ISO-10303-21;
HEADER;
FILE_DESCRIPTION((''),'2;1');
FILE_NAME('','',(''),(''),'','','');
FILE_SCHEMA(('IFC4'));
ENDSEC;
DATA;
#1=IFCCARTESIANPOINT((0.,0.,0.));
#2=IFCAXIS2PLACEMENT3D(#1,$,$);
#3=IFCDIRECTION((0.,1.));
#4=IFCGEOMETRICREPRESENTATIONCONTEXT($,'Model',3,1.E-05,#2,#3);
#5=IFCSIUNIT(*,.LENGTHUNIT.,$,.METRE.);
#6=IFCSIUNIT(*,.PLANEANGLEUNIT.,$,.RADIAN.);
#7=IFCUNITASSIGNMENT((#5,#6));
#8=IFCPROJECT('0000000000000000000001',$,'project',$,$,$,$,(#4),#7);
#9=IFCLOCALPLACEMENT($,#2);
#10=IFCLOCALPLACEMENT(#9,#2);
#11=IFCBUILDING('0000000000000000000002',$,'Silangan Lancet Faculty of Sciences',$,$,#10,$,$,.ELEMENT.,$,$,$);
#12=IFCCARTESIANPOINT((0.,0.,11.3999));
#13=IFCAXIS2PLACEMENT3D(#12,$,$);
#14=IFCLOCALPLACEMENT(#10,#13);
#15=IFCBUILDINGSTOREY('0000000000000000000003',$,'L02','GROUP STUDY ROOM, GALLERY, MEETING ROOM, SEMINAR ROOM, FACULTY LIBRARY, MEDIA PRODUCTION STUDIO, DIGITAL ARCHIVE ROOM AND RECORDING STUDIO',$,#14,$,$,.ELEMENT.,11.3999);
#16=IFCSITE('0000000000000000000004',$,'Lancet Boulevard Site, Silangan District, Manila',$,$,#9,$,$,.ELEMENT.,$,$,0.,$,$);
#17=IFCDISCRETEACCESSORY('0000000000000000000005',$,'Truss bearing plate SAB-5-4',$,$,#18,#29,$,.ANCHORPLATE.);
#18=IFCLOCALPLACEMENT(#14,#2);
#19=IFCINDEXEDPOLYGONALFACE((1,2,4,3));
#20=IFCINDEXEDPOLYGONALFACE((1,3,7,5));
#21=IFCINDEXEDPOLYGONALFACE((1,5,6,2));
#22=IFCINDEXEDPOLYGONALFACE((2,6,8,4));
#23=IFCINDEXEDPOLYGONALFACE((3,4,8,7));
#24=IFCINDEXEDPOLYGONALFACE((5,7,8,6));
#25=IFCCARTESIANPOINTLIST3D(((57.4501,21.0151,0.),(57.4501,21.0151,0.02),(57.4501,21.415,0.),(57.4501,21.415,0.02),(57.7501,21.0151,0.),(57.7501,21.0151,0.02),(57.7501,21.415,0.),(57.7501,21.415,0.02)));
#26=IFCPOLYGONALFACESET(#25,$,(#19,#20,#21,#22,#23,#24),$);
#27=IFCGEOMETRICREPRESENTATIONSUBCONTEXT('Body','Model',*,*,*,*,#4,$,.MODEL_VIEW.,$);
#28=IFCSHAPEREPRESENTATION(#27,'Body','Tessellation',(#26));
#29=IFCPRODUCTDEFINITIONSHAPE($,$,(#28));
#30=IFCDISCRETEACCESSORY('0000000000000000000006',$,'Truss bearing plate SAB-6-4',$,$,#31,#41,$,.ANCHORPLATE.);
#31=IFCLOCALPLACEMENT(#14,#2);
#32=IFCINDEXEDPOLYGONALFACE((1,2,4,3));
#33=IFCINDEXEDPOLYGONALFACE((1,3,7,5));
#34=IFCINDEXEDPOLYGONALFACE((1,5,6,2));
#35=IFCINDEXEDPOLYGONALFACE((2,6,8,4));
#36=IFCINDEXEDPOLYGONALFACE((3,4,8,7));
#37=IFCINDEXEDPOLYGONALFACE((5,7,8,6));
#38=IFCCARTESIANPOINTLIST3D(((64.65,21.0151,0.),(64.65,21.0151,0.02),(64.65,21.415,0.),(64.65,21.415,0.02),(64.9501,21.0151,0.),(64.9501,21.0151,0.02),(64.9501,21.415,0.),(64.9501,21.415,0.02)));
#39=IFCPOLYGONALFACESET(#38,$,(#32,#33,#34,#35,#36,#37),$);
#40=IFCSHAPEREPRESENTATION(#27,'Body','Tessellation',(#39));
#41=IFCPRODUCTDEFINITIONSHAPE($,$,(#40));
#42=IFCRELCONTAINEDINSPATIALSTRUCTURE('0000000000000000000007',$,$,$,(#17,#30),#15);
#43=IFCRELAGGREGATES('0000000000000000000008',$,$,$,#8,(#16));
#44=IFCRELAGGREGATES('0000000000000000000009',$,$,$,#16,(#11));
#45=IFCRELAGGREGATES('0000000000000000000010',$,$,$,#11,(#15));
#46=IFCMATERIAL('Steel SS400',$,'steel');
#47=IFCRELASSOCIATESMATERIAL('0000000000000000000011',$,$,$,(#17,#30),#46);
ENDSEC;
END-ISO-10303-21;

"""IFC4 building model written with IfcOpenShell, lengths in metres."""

from ifc_helpers import new_model, si_unit, direction, frame, origin, origin_2d, place, context, subcontext, project, spatial, rectangle, extrude, material, element, save


model = new_model("IFC4")

# Units and contexts
model_context = context("Model", 3, precision=1e-05, world=origin(), true_north=direction((0.0, 1.0)))
body_context = subcontext(model_context, "Body", "Model", "MODEL_VIEW")
ifc_project = project(units=[si_unit("LENGTHUNIT", "METRE"), si_unit("PLANEANGLEUNIT", "RADIAN")], contexts=[model_context])

# Site, building, storey
site_placement = place(None, origin())
site = spatial("IfcSite", under=ifc_project, at=site_placement, Name="Lancet Boulevard Site, Silangan District, Manila", CompositionType="ELEMENT", RefElevation=0.0)
building_placement = place(site_placement, origin())
building = spatial("IfcBuilding", under=site, at=building_placement, Name="Silangan Lancet Faculty of Sciences", CompositionType="ELEMENT")
storey_placement = place(building_placement, frame((0.0, 0.0, 11.3999)))
storey = spatial("IfcBuildingStorey", under=building, at=storey_placement, Name="L02", Description="GROUP STUDY ROOM, GALLERY, MEETING ROOM, SEMINAR ROOM, FACULTY LIBRARY, MEDIA PRODUCTION STUDIO, DIGITAL ARCHIVE ROOM AND RECORDING STUDIO", CompositionType="ELEMENT", Elevation=11.3999)

# Discrete accessories
ifc_material_1 = material(Name="Steel SS400", Category="steel")
for number, where, z_axis, x_axis, name in (
    (1, (57.6001, 21.2151, 0.0), (0.0, 0.0, 1.0), (1.0, 0.0, 0.0), "Truss bearing plate SAB-5-4"),
    (2, (64.8, 21.2151, 0.0), (0.0, 0.0, 1.0), (1.0, 0.0, 0.0), "Truss bearing plate SAB-6-4"),
):
    element("IfcDiscreteAccessory", number, at=place(storey_placement, frame(where, z_axis=z_axis, x_axis=x_axis)), inside=storey, material=ifc_material_1, Name=name, PredefinedType="ANCHORPLATE", context=body_context, shape_type="SweptSolid", body=[
        extrude(rectangle(XDim=0.3, YDim=0.3999, at=origin_2d()), origin(), (0.0, 0.0, 1.0), 0.02),
    ])

save(model, "model.ifc")
